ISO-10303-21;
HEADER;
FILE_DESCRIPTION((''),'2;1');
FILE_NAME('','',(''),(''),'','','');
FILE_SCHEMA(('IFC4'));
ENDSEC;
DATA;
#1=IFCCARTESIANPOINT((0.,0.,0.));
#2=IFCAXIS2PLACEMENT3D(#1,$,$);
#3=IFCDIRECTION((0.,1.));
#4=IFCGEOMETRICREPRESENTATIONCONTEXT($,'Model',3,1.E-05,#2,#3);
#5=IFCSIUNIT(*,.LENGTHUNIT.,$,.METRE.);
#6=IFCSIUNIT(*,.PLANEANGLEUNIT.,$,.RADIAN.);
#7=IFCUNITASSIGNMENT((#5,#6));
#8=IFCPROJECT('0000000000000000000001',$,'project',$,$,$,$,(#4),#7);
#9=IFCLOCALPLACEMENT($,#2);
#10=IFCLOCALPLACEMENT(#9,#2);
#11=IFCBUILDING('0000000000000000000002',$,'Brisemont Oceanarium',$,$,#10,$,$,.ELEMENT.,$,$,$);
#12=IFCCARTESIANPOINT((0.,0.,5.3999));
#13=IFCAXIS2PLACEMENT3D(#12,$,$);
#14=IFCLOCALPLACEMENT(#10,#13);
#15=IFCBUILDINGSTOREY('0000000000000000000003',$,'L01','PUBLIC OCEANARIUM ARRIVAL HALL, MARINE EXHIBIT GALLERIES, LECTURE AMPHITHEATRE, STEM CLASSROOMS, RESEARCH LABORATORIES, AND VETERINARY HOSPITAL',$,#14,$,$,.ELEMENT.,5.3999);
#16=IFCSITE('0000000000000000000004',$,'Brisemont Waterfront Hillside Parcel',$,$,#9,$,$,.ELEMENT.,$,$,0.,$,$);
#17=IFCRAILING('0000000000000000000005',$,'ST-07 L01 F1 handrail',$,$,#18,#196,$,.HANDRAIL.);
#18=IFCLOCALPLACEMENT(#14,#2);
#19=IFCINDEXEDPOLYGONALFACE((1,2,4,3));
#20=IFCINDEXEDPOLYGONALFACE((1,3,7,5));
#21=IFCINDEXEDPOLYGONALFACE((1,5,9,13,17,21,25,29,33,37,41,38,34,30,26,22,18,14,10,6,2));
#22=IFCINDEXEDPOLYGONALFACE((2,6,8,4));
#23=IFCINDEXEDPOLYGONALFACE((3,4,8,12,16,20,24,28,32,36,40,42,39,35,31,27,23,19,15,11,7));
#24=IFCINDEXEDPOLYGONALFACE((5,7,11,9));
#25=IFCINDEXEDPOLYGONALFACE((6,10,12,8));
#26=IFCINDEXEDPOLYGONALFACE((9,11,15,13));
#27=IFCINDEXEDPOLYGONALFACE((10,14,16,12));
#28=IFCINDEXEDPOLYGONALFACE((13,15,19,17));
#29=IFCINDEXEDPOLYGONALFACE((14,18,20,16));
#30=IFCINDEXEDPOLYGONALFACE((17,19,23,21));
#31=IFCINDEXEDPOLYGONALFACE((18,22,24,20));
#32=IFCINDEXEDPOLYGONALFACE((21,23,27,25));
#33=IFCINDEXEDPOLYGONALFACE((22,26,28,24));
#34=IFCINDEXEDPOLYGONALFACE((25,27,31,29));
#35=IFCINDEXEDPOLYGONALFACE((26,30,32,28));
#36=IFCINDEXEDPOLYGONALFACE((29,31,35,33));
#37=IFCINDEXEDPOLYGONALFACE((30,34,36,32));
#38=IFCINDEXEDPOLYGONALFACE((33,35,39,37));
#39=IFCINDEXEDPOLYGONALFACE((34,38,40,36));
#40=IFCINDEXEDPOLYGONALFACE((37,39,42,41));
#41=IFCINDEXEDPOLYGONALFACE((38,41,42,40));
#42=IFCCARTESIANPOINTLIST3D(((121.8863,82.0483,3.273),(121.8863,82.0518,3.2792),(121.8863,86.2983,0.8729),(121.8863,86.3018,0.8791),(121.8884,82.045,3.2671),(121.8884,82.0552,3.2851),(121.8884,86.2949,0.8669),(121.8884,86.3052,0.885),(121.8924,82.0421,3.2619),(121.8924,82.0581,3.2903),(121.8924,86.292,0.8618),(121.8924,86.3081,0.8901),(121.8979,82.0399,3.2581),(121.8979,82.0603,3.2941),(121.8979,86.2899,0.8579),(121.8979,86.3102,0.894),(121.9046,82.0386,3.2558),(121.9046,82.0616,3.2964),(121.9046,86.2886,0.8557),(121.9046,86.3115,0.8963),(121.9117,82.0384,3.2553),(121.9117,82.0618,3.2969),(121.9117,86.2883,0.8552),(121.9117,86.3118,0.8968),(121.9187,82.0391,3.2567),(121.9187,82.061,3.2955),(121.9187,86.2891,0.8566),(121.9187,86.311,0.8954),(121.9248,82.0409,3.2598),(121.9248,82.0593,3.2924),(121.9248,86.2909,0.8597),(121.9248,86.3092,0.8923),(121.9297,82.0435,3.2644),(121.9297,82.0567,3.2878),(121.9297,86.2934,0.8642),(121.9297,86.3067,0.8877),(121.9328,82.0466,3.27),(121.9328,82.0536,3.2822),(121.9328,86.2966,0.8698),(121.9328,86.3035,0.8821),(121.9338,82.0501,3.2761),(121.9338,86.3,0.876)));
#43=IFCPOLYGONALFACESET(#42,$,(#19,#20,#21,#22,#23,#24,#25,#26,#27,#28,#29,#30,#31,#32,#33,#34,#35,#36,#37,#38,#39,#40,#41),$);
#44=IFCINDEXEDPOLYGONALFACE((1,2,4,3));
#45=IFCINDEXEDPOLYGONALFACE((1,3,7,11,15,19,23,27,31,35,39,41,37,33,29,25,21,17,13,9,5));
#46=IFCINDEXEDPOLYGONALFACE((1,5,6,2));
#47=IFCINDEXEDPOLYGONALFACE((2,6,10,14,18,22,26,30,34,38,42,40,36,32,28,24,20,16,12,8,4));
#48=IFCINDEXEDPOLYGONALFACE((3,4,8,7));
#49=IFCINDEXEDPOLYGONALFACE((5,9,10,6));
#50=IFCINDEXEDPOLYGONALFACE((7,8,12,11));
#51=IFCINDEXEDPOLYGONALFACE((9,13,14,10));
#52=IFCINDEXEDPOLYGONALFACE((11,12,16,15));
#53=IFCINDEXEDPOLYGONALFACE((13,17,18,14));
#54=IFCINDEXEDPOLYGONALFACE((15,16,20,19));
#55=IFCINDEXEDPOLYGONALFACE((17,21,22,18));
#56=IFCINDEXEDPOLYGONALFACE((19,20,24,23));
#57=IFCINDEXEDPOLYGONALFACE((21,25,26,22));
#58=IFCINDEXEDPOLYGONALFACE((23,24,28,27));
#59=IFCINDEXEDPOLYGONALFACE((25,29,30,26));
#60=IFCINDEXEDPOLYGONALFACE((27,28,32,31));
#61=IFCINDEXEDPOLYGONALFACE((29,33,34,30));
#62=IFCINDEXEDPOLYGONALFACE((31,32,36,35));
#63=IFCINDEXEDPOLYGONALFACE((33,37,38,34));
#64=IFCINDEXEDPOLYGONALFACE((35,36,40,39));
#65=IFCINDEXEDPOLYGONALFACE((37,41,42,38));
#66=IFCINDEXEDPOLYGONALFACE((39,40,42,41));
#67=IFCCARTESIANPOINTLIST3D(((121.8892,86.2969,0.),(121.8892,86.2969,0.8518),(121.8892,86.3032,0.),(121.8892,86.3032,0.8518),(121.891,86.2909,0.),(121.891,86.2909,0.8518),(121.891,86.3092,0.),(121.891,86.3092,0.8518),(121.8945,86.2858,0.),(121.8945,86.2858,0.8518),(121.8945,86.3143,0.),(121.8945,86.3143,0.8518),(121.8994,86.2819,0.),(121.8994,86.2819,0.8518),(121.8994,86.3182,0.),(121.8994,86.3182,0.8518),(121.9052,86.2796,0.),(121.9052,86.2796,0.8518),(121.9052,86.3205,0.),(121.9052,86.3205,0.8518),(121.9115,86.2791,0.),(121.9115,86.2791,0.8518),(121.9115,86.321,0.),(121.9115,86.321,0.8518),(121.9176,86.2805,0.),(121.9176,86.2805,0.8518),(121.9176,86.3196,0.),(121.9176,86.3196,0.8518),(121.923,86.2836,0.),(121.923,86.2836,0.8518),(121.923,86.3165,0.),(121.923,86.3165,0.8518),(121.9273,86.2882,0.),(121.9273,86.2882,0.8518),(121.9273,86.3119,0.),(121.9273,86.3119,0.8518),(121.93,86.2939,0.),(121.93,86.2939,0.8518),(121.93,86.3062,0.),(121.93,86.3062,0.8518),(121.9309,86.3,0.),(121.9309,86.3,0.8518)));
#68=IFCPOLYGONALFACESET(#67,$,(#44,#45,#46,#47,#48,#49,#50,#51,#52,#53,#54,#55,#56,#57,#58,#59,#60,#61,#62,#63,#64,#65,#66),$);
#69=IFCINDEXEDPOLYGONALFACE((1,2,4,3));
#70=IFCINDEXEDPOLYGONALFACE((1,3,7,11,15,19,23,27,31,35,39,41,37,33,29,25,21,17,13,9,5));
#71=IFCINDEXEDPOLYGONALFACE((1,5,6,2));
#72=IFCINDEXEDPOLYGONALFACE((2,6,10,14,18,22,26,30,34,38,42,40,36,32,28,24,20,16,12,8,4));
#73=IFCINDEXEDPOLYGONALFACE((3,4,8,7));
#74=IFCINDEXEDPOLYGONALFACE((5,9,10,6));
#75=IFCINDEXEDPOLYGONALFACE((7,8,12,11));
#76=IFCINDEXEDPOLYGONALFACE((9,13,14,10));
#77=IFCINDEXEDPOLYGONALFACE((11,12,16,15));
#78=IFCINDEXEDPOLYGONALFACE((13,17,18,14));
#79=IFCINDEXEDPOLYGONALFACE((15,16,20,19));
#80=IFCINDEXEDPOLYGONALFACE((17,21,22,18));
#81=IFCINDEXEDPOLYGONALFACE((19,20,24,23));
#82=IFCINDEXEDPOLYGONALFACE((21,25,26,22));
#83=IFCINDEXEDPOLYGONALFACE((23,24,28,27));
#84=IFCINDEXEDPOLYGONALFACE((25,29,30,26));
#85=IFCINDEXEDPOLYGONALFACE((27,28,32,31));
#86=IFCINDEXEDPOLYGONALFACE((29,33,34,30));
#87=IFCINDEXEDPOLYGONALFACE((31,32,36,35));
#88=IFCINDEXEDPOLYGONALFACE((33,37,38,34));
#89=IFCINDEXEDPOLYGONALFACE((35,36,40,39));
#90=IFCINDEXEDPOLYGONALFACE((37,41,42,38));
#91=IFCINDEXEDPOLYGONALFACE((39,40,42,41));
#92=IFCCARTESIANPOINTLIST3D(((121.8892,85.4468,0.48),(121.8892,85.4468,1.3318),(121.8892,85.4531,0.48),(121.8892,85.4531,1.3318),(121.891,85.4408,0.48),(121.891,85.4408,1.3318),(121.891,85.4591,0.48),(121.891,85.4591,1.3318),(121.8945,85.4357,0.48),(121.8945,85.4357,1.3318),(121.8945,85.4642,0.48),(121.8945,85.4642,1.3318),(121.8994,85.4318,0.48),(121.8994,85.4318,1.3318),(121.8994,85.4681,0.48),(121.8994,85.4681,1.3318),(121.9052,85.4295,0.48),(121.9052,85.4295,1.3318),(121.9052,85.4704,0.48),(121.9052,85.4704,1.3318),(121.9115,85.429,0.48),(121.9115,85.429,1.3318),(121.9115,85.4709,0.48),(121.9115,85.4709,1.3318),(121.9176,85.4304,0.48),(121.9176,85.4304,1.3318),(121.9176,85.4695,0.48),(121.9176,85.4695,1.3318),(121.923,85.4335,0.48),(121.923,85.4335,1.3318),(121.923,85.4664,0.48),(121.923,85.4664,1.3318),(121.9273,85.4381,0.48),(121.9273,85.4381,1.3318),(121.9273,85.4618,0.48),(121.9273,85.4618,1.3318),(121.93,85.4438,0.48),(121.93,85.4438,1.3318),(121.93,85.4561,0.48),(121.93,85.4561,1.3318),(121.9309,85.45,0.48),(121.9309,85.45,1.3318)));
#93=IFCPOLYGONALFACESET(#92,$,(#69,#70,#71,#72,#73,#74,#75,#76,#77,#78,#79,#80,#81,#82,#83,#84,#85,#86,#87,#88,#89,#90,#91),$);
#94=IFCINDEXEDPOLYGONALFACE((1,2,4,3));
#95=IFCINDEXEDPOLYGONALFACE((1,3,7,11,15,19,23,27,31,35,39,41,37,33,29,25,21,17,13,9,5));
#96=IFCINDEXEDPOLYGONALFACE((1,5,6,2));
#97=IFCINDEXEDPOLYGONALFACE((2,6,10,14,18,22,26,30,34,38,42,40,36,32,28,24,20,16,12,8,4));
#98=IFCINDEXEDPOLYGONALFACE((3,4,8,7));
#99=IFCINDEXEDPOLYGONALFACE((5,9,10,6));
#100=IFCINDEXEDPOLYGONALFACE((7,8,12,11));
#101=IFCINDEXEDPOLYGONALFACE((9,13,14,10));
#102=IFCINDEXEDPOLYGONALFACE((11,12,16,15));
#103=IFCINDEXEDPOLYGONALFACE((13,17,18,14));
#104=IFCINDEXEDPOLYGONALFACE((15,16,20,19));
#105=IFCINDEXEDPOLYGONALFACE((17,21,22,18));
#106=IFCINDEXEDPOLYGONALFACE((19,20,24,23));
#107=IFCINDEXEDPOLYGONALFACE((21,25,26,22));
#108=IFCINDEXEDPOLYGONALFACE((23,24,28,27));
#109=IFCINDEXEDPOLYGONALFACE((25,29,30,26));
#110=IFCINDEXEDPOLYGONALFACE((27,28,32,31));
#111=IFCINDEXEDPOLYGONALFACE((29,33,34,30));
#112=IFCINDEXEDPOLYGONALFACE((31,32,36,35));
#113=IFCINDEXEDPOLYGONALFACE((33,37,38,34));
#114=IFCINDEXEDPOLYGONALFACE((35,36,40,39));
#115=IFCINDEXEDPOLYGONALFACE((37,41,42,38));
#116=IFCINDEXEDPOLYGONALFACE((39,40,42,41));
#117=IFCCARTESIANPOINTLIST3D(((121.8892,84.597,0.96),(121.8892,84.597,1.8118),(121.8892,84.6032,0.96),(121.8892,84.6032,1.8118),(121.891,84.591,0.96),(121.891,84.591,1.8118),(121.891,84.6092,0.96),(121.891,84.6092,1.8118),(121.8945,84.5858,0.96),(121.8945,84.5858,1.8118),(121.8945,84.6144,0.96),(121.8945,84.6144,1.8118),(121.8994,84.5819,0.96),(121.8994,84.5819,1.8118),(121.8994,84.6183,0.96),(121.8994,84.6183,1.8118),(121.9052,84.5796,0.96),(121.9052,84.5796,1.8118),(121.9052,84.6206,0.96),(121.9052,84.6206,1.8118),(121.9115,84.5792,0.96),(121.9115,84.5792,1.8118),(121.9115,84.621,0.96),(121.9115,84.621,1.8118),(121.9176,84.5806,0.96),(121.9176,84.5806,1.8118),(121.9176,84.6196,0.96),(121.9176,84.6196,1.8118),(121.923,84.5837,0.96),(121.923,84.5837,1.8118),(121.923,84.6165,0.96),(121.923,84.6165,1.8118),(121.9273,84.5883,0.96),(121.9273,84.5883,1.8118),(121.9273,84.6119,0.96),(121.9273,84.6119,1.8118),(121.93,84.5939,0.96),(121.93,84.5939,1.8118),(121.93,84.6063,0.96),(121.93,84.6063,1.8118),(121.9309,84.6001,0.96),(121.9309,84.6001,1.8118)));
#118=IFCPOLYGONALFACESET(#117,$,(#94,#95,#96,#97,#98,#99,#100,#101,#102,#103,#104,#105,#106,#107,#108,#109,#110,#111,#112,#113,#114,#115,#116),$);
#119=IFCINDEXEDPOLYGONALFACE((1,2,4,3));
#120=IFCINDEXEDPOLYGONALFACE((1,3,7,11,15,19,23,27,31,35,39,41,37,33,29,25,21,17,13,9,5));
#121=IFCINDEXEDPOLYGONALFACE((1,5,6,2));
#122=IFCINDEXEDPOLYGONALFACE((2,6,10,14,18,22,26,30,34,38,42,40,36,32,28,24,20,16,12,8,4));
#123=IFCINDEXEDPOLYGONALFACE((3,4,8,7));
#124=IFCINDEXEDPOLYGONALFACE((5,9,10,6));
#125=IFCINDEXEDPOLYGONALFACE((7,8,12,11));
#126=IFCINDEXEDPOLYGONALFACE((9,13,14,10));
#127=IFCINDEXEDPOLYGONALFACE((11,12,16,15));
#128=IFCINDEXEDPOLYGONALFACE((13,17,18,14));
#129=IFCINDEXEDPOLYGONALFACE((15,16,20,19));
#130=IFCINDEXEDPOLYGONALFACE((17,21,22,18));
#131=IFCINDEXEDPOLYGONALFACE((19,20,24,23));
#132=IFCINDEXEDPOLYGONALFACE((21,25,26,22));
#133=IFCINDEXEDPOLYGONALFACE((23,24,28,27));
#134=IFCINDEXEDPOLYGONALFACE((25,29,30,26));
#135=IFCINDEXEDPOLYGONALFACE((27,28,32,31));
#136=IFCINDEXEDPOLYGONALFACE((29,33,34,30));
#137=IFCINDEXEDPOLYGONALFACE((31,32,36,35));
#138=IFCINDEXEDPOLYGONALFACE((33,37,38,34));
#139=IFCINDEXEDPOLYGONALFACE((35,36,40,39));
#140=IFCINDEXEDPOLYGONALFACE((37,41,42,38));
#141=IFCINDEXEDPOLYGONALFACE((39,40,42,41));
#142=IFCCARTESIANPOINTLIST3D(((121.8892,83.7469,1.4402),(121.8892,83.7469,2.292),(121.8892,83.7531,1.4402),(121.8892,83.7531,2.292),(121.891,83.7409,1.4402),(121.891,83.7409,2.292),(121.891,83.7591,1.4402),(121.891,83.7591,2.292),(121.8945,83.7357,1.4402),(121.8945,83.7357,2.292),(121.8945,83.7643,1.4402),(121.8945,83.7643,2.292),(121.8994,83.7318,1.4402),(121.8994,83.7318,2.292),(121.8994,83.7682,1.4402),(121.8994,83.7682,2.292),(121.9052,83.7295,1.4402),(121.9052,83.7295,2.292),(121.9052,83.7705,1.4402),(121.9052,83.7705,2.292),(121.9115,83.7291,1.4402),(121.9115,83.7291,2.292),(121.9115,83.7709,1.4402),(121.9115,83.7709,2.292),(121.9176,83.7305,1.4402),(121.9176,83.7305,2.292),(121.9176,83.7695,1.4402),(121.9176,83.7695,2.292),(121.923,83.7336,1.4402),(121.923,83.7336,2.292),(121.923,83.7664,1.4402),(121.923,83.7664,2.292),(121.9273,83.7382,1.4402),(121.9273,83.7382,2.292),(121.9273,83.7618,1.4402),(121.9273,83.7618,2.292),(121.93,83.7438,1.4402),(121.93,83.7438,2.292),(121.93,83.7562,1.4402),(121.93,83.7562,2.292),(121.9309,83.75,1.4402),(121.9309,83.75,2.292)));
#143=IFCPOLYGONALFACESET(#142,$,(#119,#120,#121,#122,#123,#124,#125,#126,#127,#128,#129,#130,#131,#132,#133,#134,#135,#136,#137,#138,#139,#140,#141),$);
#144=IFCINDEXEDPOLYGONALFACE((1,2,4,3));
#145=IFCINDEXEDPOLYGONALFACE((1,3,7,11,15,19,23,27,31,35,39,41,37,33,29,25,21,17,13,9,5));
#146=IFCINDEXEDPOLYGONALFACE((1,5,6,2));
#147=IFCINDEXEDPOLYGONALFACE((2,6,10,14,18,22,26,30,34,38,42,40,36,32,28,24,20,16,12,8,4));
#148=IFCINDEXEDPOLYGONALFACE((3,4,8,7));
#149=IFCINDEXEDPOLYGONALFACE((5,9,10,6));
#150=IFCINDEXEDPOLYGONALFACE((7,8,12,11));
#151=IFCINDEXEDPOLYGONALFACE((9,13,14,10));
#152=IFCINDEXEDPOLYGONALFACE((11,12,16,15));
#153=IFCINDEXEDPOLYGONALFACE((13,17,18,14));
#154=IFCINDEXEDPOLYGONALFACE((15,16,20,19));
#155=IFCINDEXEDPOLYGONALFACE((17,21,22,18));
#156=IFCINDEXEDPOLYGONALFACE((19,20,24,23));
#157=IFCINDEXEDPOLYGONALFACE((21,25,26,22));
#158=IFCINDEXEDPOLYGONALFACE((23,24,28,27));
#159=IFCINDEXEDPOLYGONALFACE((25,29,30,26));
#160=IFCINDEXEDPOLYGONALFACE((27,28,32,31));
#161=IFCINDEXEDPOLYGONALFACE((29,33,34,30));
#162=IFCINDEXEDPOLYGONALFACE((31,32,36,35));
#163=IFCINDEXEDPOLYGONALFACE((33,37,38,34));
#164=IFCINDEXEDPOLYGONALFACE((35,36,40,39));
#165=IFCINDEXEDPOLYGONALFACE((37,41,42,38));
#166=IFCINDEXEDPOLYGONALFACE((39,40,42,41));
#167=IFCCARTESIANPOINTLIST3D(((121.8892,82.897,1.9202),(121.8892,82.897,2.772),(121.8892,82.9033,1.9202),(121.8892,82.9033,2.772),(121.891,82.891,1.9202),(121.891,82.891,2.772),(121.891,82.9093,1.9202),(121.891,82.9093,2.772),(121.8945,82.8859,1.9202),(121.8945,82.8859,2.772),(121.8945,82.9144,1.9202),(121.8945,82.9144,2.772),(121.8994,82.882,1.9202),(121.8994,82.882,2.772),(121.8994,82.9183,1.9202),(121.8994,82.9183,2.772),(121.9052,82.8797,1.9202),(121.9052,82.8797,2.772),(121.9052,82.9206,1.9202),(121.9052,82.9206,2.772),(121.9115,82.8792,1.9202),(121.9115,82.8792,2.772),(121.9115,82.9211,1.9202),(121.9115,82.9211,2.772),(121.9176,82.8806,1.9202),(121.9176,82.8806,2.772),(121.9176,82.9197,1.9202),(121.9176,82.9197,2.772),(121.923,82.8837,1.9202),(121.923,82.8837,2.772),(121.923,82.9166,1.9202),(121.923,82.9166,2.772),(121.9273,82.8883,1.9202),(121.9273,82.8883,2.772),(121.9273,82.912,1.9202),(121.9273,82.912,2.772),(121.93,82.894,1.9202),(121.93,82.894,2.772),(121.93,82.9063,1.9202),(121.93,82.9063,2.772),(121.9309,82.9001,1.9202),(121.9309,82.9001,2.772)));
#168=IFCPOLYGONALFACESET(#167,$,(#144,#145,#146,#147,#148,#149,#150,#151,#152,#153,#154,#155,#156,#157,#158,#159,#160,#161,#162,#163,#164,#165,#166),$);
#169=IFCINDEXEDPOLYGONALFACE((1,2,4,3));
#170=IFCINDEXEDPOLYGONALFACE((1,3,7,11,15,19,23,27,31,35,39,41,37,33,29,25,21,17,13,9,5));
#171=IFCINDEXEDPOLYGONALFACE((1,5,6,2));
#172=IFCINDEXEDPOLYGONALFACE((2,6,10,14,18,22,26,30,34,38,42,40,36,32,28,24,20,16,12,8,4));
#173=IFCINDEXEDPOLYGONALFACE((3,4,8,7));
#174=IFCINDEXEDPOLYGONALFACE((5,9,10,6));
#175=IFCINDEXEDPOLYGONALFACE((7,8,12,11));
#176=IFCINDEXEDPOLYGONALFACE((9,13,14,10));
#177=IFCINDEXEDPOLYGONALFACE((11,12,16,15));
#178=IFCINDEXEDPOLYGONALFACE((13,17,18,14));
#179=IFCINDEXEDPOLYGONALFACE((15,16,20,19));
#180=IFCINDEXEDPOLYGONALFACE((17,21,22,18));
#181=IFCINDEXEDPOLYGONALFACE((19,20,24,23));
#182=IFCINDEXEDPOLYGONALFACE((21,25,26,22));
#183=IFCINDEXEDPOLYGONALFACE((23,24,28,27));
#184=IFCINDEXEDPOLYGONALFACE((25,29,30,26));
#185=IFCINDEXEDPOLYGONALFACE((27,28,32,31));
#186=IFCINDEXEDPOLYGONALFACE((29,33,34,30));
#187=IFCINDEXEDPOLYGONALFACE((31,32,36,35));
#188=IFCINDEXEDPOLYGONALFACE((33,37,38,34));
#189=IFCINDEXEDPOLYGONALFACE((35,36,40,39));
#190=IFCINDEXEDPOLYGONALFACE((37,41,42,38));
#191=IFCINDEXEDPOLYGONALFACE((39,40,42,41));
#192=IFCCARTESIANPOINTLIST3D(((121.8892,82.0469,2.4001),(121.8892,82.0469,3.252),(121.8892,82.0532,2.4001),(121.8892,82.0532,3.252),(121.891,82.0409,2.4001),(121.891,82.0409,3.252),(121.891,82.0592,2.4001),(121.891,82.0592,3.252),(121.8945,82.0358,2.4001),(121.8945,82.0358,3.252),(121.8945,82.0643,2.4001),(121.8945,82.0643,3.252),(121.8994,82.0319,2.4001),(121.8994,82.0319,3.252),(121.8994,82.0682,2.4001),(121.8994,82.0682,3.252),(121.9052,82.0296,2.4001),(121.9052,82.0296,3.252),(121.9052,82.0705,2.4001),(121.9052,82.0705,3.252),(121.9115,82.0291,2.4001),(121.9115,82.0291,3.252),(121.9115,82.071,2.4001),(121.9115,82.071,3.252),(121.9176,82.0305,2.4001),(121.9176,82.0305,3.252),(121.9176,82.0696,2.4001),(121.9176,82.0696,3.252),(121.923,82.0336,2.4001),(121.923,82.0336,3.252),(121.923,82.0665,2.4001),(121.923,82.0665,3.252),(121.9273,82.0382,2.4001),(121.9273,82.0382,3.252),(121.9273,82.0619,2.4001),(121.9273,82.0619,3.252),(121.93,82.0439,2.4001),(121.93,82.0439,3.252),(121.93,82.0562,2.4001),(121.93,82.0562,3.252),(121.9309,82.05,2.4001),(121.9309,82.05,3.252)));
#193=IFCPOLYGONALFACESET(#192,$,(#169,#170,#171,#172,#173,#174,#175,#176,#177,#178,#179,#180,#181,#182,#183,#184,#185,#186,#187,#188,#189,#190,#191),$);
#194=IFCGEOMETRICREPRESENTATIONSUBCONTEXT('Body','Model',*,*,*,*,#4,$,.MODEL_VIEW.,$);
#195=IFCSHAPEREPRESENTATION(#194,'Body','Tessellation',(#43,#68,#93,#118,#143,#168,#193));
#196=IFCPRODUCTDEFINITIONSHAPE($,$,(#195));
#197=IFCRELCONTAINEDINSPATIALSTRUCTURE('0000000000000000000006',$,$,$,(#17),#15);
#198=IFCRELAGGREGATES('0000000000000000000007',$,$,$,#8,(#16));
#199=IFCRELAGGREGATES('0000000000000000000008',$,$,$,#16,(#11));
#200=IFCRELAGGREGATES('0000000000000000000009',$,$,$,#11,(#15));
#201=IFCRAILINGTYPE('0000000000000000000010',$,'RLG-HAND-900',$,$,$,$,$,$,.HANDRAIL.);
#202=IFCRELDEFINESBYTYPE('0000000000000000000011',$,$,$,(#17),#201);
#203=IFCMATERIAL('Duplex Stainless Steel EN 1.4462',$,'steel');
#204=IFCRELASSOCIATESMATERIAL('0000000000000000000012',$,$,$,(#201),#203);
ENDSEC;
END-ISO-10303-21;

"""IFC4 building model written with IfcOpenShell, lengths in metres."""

from ifc_helpers import new_model, si_unit, direction, frame, origin, origin_2d, place, context, subcontext, project, spatial, circle, extrude, material, type_object, element, save


model = new_model("IFC4")

# Units and contexts
model_context = context("Model", 3, precision=1e-05, world=origin(), true_north=direction((0.0, 1.0)))
body_context = subcontext(model_context, "Body", "Model", "MODEL_VIEW")
ifc_project = project(units=[si_unit("LENGTHUNIT", "METRE"), si_unit("PLANEANGLEUNIT", "RADIAN")], contexts=[model_context])

# Site, building, storey
site_placement = place(None, origin())
site = spatial("IfcSite", under=ifc_project, at=site_placement, Name="Brisemont Waterfront Hillside Parcel", CompositionType="ELEMENT", RefElevation=0.0)
building_placement = place(site_placement, origin())
building = spatial("IfcBuilding", under=site, at=building_placement, Name="Brisemont Oceanarium", CompositionType="ELEMENT")
storey_placement = place(building_placement, frame((0.0, 0.0, 5.3999)))
storey = spatial("IfcBuildingStorey", under=building, at=storey_placement, Name="L01", Description="PUBLIC OCEANARIUM ARRIVAL HALL, MARINE EXHIBIT GALLERIES, LECTURE AMPHITHEATRE, STEM CLASSROOMS, RESEARCH LABORATORIES, AND VETERINARY HOSPITAL", CompositionType="ELEMENT", Elevation=5.3999)

# Railing
ifc_material_1 = material(Name="Duplex Stainless Steel EN 1.4462", Category="steel")
railing_type_1 = type_object("IfcRailingType", Name="RLG-HAND-900", PredefinedType="HANDRAIL", material=ifc_material_1)
railing_1_placement = place(storey_placement, frame((121.9099, 86.3, 0.0)))
element("IfcRailing", 1, at=railing_1_placement, inside=storey, type_object=railing_type_1, Name="ST-07 L01 F1 handrail", PredefinedType="HANDRAIL", context=body_context, shape_type="SweptSolid", body=[
    extrude(circle(Radius=0.0239, at=origin_2d()), frame((0.0, 0.0, 0.876), z_axis=(0.0, -0.870741, 0.491742), x_axis=(1.0, 0.0, 0.0)), (0.0, 0.0, 1.0), 4.8809),
    extrude(circle(Radius=0.021, at=origin_2d()), origin(), (0.0, 0.0, 1.0), 0.8518),
    extrude(circle(Radius=0.021, at=origin_2d()), frame((0.0, -0.8501, 0.48)), (0.0, 0.0, 1.0), 0.8518),
    extrude(circle(Radius=0.021, at=origin_2d()), frame((0.0, -1.7, 0.96)), (0.0, 0.0, 1.0), 0.8518),
    extrude(circle(Radius=0.021, at=origin_2d()), frame((0.0, -2.55, 1.4402)), (0.0, 0.0, 1.0), 0.8518),
    extrude(circle(Radius=0.021, at=origin_2d()), frame((0.0, -3.3999, 1.9202)), (0.0, 0.0, 1.0), 0.8518),
    extrude(circle(Radius=0.021, at=origin_2d()), frame((0.0, -4.25, 2.4001)), (0.0, 0.0, 1.0), 0.8518),
])

save(model, "model.ifc")
